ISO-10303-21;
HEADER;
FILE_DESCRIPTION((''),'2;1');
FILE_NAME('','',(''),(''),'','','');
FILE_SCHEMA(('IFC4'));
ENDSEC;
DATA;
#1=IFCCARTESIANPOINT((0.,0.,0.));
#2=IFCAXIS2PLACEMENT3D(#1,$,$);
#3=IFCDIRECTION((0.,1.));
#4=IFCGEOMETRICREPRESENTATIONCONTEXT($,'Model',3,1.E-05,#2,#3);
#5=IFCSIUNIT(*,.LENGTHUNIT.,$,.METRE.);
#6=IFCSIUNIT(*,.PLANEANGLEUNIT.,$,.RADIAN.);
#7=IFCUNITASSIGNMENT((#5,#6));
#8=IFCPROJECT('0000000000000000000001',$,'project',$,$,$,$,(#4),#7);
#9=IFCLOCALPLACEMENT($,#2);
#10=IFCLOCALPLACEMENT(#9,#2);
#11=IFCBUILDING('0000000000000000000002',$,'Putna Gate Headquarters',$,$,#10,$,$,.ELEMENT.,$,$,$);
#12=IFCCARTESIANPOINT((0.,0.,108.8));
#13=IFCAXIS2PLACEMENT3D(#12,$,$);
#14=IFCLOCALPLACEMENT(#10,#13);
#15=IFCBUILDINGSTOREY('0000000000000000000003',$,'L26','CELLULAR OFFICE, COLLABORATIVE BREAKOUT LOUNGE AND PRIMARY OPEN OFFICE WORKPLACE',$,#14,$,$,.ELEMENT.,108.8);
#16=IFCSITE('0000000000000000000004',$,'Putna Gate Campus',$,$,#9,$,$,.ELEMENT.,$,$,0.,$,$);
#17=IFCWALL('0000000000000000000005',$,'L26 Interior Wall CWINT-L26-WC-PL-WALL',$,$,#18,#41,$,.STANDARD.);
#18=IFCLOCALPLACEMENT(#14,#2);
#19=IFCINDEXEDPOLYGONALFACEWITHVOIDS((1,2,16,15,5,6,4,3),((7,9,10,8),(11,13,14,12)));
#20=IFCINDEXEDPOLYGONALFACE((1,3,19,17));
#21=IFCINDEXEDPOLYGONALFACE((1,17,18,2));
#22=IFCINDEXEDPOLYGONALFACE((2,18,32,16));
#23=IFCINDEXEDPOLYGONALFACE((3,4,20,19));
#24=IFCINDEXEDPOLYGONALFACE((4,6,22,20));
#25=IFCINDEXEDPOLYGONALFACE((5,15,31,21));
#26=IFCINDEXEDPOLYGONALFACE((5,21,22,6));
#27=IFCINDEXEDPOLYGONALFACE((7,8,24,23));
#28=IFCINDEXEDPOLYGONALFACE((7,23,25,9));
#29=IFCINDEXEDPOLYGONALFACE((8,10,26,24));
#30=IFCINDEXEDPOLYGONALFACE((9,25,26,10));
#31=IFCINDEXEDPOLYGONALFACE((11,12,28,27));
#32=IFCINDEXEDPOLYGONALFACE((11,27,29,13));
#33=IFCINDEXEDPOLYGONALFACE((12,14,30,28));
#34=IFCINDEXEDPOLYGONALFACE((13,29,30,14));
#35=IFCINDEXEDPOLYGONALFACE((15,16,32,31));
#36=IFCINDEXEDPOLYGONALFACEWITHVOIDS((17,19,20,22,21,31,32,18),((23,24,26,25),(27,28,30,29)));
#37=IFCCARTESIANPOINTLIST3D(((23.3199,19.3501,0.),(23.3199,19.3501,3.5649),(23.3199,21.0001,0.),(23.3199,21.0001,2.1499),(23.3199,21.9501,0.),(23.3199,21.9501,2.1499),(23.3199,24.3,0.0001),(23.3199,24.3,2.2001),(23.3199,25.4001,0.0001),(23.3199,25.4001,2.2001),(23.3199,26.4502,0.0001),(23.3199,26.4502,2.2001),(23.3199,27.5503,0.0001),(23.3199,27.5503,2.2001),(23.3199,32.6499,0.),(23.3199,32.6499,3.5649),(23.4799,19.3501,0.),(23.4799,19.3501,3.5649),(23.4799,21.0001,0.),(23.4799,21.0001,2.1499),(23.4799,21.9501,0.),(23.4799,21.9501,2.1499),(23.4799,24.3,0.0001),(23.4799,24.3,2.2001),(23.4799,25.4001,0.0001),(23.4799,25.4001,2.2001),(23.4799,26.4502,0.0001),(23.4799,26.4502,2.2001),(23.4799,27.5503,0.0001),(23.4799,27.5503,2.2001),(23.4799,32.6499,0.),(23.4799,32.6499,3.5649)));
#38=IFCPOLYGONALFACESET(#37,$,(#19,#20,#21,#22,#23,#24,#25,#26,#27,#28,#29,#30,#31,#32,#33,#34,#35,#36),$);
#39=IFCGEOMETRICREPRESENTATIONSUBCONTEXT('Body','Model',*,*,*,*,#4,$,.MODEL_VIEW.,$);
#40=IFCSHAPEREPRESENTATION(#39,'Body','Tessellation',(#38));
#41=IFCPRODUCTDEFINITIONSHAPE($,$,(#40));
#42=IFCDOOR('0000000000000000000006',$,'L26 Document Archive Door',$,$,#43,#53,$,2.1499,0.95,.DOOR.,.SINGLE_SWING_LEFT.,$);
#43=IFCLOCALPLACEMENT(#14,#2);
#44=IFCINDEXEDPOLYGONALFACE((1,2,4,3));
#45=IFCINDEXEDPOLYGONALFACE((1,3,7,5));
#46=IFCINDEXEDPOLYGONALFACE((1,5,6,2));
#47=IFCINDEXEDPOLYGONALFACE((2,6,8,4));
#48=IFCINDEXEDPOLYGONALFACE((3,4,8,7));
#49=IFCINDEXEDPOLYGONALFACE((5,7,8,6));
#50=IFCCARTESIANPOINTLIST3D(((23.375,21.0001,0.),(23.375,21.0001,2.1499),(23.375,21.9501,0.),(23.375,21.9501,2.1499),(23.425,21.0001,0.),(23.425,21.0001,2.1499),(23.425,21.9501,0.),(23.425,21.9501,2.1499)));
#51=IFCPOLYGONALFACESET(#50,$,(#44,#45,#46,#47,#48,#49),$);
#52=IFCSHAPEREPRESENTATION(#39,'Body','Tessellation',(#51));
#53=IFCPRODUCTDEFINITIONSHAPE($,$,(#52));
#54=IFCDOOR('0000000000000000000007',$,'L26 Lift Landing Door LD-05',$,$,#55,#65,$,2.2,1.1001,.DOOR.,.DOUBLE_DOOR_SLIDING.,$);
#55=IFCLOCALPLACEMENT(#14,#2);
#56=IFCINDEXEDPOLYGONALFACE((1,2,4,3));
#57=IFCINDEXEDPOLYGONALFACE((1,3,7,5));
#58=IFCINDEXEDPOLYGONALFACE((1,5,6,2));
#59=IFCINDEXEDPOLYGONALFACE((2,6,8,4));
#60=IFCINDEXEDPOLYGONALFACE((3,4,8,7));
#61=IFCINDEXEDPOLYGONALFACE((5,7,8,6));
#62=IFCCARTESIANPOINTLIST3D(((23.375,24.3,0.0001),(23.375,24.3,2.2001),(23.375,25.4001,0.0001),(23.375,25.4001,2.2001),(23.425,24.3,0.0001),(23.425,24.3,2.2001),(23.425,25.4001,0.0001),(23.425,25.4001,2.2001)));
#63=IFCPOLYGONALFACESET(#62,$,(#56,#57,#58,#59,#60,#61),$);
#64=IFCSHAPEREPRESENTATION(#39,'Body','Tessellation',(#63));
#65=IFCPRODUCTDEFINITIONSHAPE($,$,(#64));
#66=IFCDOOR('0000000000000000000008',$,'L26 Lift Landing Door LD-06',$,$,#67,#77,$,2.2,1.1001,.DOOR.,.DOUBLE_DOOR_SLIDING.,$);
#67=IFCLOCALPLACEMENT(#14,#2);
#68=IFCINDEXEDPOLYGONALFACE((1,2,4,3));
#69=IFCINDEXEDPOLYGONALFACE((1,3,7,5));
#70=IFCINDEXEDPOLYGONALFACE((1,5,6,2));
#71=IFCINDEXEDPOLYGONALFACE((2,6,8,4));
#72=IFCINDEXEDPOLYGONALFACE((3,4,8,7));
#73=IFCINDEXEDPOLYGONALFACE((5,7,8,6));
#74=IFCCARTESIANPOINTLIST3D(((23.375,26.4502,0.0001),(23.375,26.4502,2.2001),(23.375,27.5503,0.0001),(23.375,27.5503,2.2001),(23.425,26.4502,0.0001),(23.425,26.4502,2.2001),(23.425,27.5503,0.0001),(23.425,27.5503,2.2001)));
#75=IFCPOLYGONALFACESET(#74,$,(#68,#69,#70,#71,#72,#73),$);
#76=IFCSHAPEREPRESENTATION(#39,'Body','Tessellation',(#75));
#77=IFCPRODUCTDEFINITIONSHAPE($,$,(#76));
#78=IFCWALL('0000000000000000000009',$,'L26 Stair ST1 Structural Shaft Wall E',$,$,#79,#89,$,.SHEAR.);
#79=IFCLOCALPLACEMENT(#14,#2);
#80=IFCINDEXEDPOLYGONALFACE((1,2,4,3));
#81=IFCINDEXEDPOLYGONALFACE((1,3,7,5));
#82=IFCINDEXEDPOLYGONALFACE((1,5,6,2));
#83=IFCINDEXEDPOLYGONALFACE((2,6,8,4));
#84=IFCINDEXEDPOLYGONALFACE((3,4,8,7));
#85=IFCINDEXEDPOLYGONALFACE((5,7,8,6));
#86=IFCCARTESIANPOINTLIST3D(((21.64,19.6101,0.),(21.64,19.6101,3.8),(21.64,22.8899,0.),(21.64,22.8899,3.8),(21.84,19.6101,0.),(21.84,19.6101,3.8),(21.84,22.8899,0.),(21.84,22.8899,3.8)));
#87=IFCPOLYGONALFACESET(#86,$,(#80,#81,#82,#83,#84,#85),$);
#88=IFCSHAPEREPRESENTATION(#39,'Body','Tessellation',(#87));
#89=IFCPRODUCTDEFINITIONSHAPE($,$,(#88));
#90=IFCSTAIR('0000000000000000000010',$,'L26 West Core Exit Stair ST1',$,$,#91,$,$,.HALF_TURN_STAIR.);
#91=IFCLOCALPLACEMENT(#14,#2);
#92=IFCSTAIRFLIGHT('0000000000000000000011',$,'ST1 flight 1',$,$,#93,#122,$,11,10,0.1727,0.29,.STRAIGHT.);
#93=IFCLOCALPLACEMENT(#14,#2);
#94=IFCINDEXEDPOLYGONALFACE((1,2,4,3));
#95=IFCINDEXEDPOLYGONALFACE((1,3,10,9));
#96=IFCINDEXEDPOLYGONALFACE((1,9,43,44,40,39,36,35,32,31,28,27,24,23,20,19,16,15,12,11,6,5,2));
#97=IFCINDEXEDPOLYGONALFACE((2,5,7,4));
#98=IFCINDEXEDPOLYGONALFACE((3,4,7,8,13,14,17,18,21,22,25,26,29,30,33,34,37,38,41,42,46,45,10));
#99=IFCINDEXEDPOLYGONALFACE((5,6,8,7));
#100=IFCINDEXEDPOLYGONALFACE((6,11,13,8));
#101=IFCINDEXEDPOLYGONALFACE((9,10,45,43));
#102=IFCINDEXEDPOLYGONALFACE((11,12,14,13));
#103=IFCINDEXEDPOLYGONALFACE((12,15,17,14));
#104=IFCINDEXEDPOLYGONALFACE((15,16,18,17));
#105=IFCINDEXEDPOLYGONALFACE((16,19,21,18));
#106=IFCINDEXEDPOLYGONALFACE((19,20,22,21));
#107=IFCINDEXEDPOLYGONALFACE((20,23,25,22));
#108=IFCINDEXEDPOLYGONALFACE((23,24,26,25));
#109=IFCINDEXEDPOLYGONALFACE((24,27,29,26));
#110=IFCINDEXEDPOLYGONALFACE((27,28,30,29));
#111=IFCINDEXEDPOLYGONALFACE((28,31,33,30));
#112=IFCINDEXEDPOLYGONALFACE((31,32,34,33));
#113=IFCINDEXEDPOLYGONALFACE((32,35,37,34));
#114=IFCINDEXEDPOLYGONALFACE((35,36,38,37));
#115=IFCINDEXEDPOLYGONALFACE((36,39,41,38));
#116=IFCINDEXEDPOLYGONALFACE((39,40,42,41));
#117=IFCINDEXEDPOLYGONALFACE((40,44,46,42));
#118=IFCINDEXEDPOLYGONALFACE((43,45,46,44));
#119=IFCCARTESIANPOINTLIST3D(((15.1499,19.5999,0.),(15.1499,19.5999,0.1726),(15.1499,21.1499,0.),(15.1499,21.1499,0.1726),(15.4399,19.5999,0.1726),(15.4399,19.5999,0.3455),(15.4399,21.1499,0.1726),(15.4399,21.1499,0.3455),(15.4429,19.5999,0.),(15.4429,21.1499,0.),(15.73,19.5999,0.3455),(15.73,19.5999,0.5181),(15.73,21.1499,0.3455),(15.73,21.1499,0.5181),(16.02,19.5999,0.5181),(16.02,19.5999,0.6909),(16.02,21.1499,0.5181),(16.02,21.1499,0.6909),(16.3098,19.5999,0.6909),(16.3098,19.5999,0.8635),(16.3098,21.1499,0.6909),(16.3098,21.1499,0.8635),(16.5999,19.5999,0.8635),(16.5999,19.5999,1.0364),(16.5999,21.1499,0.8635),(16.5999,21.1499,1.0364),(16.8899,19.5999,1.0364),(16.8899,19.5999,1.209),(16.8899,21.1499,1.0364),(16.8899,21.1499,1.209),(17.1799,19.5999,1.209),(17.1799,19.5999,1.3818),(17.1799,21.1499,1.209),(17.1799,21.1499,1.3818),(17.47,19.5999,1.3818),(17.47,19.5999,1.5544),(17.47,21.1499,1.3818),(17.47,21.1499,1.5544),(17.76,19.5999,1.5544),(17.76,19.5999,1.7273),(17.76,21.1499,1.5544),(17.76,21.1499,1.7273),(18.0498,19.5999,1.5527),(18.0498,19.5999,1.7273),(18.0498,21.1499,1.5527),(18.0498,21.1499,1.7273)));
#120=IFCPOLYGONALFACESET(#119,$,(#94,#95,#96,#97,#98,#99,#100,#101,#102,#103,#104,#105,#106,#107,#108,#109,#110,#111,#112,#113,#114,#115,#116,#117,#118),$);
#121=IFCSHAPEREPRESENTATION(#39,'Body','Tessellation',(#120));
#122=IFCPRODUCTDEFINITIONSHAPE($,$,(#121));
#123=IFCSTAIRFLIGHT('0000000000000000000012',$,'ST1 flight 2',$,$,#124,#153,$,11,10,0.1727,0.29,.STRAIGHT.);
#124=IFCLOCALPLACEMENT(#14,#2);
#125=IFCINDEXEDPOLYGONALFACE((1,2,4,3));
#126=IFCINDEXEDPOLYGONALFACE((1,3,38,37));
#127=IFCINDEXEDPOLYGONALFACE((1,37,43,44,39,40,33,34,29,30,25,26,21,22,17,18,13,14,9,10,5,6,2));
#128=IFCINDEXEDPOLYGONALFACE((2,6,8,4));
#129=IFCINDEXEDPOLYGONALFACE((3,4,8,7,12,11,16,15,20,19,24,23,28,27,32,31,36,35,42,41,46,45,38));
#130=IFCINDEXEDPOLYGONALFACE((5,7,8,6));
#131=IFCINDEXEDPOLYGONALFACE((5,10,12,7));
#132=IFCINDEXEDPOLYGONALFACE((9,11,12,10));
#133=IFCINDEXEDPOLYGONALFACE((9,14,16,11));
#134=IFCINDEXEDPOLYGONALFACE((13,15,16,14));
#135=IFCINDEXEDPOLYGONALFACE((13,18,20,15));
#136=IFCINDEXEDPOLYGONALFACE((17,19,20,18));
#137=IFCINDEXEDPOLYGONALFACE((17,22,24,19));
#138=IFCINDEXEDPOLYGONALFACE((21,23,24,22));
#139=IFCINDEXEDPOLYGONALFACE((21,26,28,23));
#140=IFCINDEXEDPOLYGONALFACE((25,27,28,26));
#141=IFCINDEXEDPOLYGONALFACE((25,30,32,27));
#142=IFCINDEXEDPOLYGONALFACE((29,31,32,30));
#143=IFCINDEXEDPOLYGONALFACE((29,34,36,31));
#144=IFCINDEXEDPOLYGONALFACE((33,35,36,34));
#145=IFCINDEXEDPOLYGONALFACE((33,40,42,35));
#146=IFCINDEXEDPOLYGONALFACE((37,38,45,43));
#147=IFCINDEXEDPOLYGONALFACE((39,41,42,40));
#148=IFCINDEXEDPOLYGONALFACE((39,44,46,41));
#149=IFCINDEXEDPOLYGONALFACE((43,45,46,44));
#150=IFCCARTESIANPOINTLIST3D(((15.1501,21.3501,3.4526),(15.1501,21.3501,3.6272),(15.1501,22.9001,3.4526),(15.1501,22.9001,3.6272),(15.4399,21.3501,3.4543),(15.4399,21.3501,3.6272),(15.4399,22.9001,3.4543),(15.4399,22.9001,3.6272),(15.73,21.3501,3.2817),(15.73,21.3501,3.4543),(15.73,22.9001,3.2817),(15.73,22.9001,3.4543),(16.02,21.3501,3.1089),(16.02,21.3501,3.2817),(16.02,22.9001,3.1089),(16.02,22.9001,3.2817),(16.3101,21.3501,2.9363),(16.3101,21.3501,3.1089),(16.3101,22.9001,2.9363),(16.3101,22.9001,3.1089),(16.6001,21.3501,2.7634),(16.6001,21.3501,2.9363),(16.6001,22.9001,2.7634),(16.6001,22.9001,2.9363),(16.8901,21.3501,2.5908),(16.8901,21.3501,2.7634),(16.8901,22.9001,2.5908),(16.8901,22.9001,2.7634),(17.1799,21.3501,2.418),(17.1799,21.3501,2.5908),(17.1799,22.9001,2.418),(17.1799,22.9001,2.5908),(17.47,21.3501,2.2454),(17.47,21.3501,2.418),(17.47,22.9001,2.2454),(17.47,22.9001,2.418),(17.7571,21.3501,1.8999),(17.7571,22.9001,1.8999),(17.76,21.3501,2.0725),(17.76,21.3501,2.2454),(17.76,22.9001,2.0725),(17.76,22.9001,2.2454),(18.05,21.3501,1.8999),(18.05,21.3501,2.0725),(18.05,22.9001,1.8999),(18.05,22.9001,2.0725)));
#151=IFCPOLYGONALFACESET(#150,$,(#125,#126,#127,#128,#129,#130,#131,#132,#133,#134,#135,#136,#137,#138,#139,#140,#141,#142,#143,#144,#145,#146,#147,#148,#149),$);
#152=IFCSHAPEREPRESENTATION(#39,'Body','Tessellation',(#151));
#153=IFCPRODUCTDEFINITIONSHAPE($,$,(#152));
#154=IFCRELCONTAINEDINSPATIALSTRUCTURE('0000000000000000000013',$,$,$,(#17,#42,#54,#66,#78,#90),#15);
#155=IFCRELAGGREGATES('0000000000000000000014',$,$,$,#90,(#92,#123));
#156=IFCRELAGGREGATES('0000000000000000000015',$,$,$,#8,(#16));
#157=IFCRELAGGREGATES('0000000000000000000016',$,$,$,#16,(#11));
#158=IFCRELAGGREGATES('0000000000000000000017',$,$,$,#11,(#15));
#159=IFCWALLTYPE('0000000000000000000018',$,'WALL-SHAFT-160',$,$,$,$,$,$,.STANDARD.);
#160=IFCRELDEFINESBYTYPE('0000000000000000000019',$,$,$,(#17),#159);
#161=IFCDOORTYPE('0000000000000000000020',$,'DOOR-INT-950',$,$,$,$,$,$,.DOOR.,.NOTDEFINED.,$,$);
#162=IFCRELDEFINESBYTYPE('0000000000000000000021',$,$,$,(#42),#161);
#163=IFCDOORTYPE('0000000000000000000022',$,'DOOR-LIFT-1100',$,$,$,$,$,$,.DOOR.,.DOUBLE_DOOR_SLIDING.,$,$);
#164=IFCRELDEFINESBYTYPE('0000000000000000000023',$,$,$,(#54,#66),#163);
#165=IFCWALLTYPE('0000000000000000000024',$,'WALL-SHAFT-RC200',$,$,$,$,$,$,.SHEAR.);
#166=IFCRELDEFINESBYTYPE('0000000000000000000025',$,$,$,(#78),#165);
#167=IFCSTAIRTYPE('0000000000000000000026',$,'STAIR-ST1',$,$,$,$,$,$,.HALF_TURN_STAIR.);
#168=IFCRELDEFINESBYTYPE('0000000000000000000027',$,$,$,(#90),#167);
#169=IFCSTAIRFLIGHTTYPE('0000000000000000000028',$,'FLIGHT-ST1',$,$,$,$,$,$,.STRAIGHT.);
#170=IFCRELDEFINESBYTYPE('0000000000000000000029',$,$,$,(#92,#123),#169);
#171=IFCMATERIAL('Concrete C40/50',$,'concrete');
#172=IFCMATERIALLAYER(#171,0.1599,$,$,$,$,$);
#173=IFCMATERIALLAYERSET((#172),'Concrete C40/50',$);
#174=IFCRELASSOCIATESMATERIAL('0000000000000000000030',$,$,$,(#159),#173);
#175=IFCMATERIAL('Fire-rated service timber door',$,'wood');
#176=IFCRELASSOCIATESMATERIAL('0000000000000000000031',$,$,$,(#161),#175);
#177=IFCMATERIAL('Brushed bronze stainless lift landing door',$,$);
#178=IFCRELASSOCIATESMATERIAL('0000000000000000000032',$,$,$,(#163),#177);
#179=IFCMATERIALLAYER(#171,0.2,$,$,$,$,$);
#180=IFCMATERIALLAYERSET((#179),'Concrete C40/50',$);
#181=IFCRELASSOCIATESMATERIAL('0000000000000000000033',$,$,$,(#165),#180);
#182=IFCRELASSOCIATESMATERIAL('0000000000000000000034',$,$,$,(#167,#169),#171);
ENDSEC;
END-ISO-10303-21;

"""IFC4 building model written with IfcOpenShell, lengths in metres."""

from ifc_helpers import new_model, si_unit, direction, frame, frame_2d, origin, place, context, subcontext, project, spatial, polyline, rectangle, outline, extrude, material, layer, layer_set, type_object, element, fill, aggregate, save


model = new_model("IFC4")

# Units and contexts
model_context = context("Model", 3, precision=1e-05, world=origin(), true_north=direction((0.0, 1.0)))
body_context = subcontext(model_context, "Body", "Model", "MODEL_VIEW")
ifc_project = project(units=[si_unit("LENGTHUNIT", "METRE"), si_unit("PLANEANGLEUNIT", "RADIAN")], contexts=[model_context])

# Site, building, storey
site_placement = place(None, origin())
site = spatial("IfcSite", under=ifc_project, at=site_placement, Name="Putna Gate Campus", CompositionType="ELEMENT", RefElevation=0.0)
building_placement = place(site_placement, origin())
building = spatial("IfcBuilding", under=site, at=building_placement, Name="Putna Gate Headquarters", CompositionType="ELEMENT")
storey_placement = place(building_placement, frame((0.0, 0.0, 108.8)))
storey = spatial("IfcBuildingStorey", under=building, at=storey_placement, Name="L26", Description="CELLULAR OFFICE, COLLABORATIVE BREAKOUT LOUNGE AND PRIMARY OPEN OFFICE WORKPLACE", CompositionType="ELEMENT", Elevation=108.8)

# Wall, openings, doors
ifc_material_1 = material(Name="Concrete C40/50", Category="concrete")
ifc_layer_1 = layer(ifc_material_1, 0.1599)
ifc_layer_set_1 = layer_set([ifc_layer_1], Name="Concrete C40/50")
wall_type_1 = type_object("IfcWallType", Name="WALL-SHAFT-160", PredefinedType="STANDARD", material=ifc_layer_set_1)
wall_1_placement = place(storey_placement, frame((23.3999, 19.3501, 0.0), z_axis=(0.0, 0.0, 1.0), x_axis=(0.0, 1.0, 0.0)))
wall_1 = element("IfcWall", 1, at=wall_1_placement, inside=storey, type_object=wall_type_1, Name="L26 Interior Wall CWINT-L26-WC-PL-WALL", PredefinedType="STANDARD", context=body_context, shape_type="SweptSolid", body=[
    extrude(rectangle(XDim=13.2998, YDim=0.1599, at=frame_2d((6.6499, 0.0))), origin(), (0.0, 0.0, 1.0), 3.5649),
])
opening_1_placement = place(wall_1_placement, frame((1.6499, 0.0, 0.0)))
opening_1 = element("IfcOpeningElement", 2, at=opening_1_placement, cuts=wall_1, PredefinedType="OPENING", context=body_context, shape_type="SweptSolid", body=[
    extrude(rectangle(XDim=0.95, YDim=2.1499, at=frame_2d((0.4751, 1.075))), frame((0.0, 0.0898, 0.0), z_axis=(0.0, -1.0, 0.0), x_axis=(1.0, 0.0, 0.0)), (0.0, 0.0, 1.0), 0.1799),
])
opening_2_placement = place(wall_1_placement, frame((4.95, 0.0, 0.0)))
opening_2 = element("IfcOpeningElement", 3, at=opening_2_placement, cuts=wall_1, PredefinedType="OPENING", context=body_context, shape_type="SweptSolid", body=[
    extrude(rectangle(XDim=1.1001, YDim=2.2, at=frame_2d((0.55, 1.1001))), frame((0.0, 0.0898, 0.0), z_axis=(0.0, -1.0, 0.0), x_axis=(1.0, 0.0, 0.0)), (0.0, 0.0, 1.0), 0.1799),
])
opening_3_placement = place(wall_1_placement, frame((7.1001, 0.0, 0.0)))
opening_3 = element("IfcOpeningElement", 4, at=opening_3_placement, cuts=wall_1, PredefinedType="OPENING", context=body_context, shape_type="SweptSolid", body=[
    extrude(rectangle(XDim=1.1001, YDim=2.2, at=frame_2d((0.55, 1.1001))), frame((0.0, 0.0898, 0.0), z_axis=(0.0, -1.0, 0.0), x_axis=(1.0, 0.0, 0.0)), (0.0, 0.0, 1.0), 0.1799),
])
ifc_material_2 = material(Name="Fire-rated service timber door", Category="wood")
door_type_1 = type_object("IfcDoorType", Name="DOOR-INT-950", OperationType="NOTDEFINED", PredefinedType="DOOR", material=ifc_material_2)
door_1_placement = place(opening_1_placement, origin())
door_1 = element("IfcDoor", 5, at=door_1_placement, inside=storey, type_object=door_type_1, Name="L26 Document Archive Door", OperationType="SINGLE_SWING_LEFT", OverallHeight=2.1499, OverallWidth=0.95, PredefinedType="DOOR", context=body_context, shape_type="SweptSolid", body=[
    extrude(rectangle(XDim=0.95, YDim=2.1499, at=frame_2d((0.4751, 1.075))), frame((0.0, 0.0249, 0.0), z_axis=(0.0, -1.0, 0.0), x_axis=(1.0, 0.0, 0.0)), (0.0, 0.0, 1.0), 0.05),
])
fill(opening_1, door_1)
ifc_material_3 = material(Name="Brushed bronze stainless lift landing door")
door_type_2 = type_object("IfcDoorType", Name="DOOR-LIFT-1100", OperationType="DOUBLE_DOOR_SLIDING", PredefinedType="DOOR", material=ifc_material_3)
door_2_placement = place(opening_2_placement, origin())
door_2 = element("IfcDoor", 6, at=door_2_placement, inside=storey, type_object=door_type_2, Name="L26 Lift Landing Door LD-05", OperationType="DOUBLE_DOOR_SLIDING", OverallHeight=2.2, OverallWidth=1.1001, PredefinedType="DOOR", context=body_context, shape_type="SweptSolid", body=[
    extrude(rectangle(XDim=1.1001, YDim=2.2, at=frame_2d((0.55, 1.1001))), frame((0.0, 0.0249, 0.0), z_axis=(0.0, -1.0, 0.0), x_axis=(1.0, 0.0, 0.0)), (0.0, 0.0, 1.0), 0.05),
])
fill(opening_2, door_2)
door_3_placement = place(opening_3_placement, origin())
door_3 = element("IfcDoor", 7, at=door_3_placement, inside=storey, type_object=door_type_2, Name="L26 Lift Landing Door LD-06", OperationType="DOUBLE_DOOR_SLIDING", OverallHeight=2.2, OverallWidth=1.1001, PredefinedType="DOOR", context=body_context, shape_type="SweptSolid", body=[
    extrude(rectangle(XDim=1.1001, YDim=2.2, at=frame_2d((0.55, 1.1001))), frame((0.0, 0.0249, 0.0), z_axis=(0.0, -1.0, 0.0), x_axis=(1.0, 0.0, 0.0)), (0.0, 0.0, 1.0), 0.05),
])
fill(opening_3, door_3)

# Wall
ifc_layer_2 = layer(ifc_material_1, 0.2)
ifc_layer_set_2 = layer_set([ifc_layer_2], Name="Concrete C40/50")
wall_type_2 = type_object("IfcWallType", Name="WALL-SHAFT-RC200", PredefinedType="SHEAR", material=ifc_layer_set_2)
wall_2_placement = place(storey_placement, frame((21.74, 19.6101, 0.0), z_axis=(0.0, 0.0, 1.0), x_axis=(0.0, 1.0, 0.0)))
element("IfcWall", 8, at=wall_2_placement, inside=storey, type_object=wall_type_2, Name="L26 Stair ST1 Structural Shaft Wall E", PredefinedType="SHEAR", context=body_context, shape_type="SweptSolid", body=[
    extrude(rectangle(XDim=3.2798, YDim=0.2, at=frame_2d((1.6399, 0.0))), origin(), (0.0, 0.0, 1.0), 3.8),
])

# Stair, stair flights
stair_type = type_object("IfcStairType", Name="STAIR-ST1", PredefinedType="HALF_TURN_STAIR", material=ifc_material_1)
stair_placement = place(storey_placement, origin())
stair = element("IfcStair", 9, at=stair_placement, inside=storey, type_object=stair_type, Name="L26 West Core Exit Stair ST1", PredefinedType="HALF_TURN_STAIR")
stair_flight_type = type_object("IfcStairFlightType", Name="FLIGHT-ST1", PredefinedType="STRAIGHT", material=ifc_material_1)
stair_flight_1_placement = place(storey_placement, frame((15.1499, 20.375, 0.0), z_axis=(0.0, 0.0, 1.0), x_axis=(1.0, 0.0, 0.0)))
stair_flight_1 = element("IfcStairFlight", 10, at=stair_flight_1_placement, type_object=stair_flight_type, Name="ST1 flight 1", NumberOfRisers=11, NumberOfTreads=10, PredefinedType="STRAIGHT", RiserHeight=0.1727, TreadLength=0.29, context=body_context, shape_type="SweptSolid", body=[
    extrude(outline(polyline([(0.0, 0.0), (0.0, 0.1726), (0.29, 0.1726), (0.29, 0.3455), (0.5801, 0.3455), (0.5801, 0.5181), (0.8701, 0.5181), (0.8701, 0.6909), (1.1599, 0.6909), (1.1599, 0.8635), (1.45, 0.8635), (1.45, 1.0364), (1.74, 1.0364), (1.74, 1.209), (2.03, 1.209), (2.03, 1.3818), (2.3201, 1.3818), (2.3201, 1.5544), (2.6101, 1.5544), (2.6101, 1.7273), (2.8999, 1.7273), (2.8999, 1.8999), (2.8999, 1.5527), (0.293, 0.0), (0.0, 0.0)])), frame((0.0, 0.7749, 0.0), z_axis=(0.0, -1.0, 0.0), x_axis=(1.0, 0.0, 0.0)), (0.0, 0.0, 1.0), 1.55),
])
stair_flight_2_placement = place(storey_placement, frame((18.05, 22.125, 1.8999), z_axis=(0.0, 0.0, 1.0), x_axis=(-1.0, 0.0, 0.0)))
stair_flight_2 = element("IfcStairFlight", 11, at=stair_flight_2_placement, type_object=stair_flight_type, Name="ST1 flight 2", NumberOfRisers=11, NumberOfTreads=10, PredefinedType="STRAIGHT", RiserHeight=0.1727, TreadLength=0.29, context=body_context, shape_type="SweptSolid", body=[
    extrude(outline(polyline([(0.0, 0.0), (0.0, 0.1726), (0.29, 0.1726), (0.29, 0.3455), (0.5801, 0.3455), (0.5801, 0.5181), (0.8701, 0.5181), (0.8701, 0.6909), (1.1599, 0.6909), (1.1599, 0.8635), (1.45, 0.8635), (1.45, 1.0364), (1.74, 1.0364), (1.74, 1.209), (2.03, 1.209), (2.03, 1.3818), (2.3201, 1.3818), (2.3201, 1.5544), (2.6101, 1.5544), (2.6101, 1.7273), (2.8999, 1.7273), (2.8999, 1.8999), (2.8999, 1.5527), (0.293, 0.0), (0.0, 0.0)])), frame((0.0, 0.7749, 0.0), z_axis=(0.0, -1.0, 0.0), x_axis=(1.0, 0.0, 0.0)), (0.0, 0.0, 1.0), 1.55),
])
aggregate(stair, [stair_flight_1, stair_flight_2])

save(model, "model.ifc")
